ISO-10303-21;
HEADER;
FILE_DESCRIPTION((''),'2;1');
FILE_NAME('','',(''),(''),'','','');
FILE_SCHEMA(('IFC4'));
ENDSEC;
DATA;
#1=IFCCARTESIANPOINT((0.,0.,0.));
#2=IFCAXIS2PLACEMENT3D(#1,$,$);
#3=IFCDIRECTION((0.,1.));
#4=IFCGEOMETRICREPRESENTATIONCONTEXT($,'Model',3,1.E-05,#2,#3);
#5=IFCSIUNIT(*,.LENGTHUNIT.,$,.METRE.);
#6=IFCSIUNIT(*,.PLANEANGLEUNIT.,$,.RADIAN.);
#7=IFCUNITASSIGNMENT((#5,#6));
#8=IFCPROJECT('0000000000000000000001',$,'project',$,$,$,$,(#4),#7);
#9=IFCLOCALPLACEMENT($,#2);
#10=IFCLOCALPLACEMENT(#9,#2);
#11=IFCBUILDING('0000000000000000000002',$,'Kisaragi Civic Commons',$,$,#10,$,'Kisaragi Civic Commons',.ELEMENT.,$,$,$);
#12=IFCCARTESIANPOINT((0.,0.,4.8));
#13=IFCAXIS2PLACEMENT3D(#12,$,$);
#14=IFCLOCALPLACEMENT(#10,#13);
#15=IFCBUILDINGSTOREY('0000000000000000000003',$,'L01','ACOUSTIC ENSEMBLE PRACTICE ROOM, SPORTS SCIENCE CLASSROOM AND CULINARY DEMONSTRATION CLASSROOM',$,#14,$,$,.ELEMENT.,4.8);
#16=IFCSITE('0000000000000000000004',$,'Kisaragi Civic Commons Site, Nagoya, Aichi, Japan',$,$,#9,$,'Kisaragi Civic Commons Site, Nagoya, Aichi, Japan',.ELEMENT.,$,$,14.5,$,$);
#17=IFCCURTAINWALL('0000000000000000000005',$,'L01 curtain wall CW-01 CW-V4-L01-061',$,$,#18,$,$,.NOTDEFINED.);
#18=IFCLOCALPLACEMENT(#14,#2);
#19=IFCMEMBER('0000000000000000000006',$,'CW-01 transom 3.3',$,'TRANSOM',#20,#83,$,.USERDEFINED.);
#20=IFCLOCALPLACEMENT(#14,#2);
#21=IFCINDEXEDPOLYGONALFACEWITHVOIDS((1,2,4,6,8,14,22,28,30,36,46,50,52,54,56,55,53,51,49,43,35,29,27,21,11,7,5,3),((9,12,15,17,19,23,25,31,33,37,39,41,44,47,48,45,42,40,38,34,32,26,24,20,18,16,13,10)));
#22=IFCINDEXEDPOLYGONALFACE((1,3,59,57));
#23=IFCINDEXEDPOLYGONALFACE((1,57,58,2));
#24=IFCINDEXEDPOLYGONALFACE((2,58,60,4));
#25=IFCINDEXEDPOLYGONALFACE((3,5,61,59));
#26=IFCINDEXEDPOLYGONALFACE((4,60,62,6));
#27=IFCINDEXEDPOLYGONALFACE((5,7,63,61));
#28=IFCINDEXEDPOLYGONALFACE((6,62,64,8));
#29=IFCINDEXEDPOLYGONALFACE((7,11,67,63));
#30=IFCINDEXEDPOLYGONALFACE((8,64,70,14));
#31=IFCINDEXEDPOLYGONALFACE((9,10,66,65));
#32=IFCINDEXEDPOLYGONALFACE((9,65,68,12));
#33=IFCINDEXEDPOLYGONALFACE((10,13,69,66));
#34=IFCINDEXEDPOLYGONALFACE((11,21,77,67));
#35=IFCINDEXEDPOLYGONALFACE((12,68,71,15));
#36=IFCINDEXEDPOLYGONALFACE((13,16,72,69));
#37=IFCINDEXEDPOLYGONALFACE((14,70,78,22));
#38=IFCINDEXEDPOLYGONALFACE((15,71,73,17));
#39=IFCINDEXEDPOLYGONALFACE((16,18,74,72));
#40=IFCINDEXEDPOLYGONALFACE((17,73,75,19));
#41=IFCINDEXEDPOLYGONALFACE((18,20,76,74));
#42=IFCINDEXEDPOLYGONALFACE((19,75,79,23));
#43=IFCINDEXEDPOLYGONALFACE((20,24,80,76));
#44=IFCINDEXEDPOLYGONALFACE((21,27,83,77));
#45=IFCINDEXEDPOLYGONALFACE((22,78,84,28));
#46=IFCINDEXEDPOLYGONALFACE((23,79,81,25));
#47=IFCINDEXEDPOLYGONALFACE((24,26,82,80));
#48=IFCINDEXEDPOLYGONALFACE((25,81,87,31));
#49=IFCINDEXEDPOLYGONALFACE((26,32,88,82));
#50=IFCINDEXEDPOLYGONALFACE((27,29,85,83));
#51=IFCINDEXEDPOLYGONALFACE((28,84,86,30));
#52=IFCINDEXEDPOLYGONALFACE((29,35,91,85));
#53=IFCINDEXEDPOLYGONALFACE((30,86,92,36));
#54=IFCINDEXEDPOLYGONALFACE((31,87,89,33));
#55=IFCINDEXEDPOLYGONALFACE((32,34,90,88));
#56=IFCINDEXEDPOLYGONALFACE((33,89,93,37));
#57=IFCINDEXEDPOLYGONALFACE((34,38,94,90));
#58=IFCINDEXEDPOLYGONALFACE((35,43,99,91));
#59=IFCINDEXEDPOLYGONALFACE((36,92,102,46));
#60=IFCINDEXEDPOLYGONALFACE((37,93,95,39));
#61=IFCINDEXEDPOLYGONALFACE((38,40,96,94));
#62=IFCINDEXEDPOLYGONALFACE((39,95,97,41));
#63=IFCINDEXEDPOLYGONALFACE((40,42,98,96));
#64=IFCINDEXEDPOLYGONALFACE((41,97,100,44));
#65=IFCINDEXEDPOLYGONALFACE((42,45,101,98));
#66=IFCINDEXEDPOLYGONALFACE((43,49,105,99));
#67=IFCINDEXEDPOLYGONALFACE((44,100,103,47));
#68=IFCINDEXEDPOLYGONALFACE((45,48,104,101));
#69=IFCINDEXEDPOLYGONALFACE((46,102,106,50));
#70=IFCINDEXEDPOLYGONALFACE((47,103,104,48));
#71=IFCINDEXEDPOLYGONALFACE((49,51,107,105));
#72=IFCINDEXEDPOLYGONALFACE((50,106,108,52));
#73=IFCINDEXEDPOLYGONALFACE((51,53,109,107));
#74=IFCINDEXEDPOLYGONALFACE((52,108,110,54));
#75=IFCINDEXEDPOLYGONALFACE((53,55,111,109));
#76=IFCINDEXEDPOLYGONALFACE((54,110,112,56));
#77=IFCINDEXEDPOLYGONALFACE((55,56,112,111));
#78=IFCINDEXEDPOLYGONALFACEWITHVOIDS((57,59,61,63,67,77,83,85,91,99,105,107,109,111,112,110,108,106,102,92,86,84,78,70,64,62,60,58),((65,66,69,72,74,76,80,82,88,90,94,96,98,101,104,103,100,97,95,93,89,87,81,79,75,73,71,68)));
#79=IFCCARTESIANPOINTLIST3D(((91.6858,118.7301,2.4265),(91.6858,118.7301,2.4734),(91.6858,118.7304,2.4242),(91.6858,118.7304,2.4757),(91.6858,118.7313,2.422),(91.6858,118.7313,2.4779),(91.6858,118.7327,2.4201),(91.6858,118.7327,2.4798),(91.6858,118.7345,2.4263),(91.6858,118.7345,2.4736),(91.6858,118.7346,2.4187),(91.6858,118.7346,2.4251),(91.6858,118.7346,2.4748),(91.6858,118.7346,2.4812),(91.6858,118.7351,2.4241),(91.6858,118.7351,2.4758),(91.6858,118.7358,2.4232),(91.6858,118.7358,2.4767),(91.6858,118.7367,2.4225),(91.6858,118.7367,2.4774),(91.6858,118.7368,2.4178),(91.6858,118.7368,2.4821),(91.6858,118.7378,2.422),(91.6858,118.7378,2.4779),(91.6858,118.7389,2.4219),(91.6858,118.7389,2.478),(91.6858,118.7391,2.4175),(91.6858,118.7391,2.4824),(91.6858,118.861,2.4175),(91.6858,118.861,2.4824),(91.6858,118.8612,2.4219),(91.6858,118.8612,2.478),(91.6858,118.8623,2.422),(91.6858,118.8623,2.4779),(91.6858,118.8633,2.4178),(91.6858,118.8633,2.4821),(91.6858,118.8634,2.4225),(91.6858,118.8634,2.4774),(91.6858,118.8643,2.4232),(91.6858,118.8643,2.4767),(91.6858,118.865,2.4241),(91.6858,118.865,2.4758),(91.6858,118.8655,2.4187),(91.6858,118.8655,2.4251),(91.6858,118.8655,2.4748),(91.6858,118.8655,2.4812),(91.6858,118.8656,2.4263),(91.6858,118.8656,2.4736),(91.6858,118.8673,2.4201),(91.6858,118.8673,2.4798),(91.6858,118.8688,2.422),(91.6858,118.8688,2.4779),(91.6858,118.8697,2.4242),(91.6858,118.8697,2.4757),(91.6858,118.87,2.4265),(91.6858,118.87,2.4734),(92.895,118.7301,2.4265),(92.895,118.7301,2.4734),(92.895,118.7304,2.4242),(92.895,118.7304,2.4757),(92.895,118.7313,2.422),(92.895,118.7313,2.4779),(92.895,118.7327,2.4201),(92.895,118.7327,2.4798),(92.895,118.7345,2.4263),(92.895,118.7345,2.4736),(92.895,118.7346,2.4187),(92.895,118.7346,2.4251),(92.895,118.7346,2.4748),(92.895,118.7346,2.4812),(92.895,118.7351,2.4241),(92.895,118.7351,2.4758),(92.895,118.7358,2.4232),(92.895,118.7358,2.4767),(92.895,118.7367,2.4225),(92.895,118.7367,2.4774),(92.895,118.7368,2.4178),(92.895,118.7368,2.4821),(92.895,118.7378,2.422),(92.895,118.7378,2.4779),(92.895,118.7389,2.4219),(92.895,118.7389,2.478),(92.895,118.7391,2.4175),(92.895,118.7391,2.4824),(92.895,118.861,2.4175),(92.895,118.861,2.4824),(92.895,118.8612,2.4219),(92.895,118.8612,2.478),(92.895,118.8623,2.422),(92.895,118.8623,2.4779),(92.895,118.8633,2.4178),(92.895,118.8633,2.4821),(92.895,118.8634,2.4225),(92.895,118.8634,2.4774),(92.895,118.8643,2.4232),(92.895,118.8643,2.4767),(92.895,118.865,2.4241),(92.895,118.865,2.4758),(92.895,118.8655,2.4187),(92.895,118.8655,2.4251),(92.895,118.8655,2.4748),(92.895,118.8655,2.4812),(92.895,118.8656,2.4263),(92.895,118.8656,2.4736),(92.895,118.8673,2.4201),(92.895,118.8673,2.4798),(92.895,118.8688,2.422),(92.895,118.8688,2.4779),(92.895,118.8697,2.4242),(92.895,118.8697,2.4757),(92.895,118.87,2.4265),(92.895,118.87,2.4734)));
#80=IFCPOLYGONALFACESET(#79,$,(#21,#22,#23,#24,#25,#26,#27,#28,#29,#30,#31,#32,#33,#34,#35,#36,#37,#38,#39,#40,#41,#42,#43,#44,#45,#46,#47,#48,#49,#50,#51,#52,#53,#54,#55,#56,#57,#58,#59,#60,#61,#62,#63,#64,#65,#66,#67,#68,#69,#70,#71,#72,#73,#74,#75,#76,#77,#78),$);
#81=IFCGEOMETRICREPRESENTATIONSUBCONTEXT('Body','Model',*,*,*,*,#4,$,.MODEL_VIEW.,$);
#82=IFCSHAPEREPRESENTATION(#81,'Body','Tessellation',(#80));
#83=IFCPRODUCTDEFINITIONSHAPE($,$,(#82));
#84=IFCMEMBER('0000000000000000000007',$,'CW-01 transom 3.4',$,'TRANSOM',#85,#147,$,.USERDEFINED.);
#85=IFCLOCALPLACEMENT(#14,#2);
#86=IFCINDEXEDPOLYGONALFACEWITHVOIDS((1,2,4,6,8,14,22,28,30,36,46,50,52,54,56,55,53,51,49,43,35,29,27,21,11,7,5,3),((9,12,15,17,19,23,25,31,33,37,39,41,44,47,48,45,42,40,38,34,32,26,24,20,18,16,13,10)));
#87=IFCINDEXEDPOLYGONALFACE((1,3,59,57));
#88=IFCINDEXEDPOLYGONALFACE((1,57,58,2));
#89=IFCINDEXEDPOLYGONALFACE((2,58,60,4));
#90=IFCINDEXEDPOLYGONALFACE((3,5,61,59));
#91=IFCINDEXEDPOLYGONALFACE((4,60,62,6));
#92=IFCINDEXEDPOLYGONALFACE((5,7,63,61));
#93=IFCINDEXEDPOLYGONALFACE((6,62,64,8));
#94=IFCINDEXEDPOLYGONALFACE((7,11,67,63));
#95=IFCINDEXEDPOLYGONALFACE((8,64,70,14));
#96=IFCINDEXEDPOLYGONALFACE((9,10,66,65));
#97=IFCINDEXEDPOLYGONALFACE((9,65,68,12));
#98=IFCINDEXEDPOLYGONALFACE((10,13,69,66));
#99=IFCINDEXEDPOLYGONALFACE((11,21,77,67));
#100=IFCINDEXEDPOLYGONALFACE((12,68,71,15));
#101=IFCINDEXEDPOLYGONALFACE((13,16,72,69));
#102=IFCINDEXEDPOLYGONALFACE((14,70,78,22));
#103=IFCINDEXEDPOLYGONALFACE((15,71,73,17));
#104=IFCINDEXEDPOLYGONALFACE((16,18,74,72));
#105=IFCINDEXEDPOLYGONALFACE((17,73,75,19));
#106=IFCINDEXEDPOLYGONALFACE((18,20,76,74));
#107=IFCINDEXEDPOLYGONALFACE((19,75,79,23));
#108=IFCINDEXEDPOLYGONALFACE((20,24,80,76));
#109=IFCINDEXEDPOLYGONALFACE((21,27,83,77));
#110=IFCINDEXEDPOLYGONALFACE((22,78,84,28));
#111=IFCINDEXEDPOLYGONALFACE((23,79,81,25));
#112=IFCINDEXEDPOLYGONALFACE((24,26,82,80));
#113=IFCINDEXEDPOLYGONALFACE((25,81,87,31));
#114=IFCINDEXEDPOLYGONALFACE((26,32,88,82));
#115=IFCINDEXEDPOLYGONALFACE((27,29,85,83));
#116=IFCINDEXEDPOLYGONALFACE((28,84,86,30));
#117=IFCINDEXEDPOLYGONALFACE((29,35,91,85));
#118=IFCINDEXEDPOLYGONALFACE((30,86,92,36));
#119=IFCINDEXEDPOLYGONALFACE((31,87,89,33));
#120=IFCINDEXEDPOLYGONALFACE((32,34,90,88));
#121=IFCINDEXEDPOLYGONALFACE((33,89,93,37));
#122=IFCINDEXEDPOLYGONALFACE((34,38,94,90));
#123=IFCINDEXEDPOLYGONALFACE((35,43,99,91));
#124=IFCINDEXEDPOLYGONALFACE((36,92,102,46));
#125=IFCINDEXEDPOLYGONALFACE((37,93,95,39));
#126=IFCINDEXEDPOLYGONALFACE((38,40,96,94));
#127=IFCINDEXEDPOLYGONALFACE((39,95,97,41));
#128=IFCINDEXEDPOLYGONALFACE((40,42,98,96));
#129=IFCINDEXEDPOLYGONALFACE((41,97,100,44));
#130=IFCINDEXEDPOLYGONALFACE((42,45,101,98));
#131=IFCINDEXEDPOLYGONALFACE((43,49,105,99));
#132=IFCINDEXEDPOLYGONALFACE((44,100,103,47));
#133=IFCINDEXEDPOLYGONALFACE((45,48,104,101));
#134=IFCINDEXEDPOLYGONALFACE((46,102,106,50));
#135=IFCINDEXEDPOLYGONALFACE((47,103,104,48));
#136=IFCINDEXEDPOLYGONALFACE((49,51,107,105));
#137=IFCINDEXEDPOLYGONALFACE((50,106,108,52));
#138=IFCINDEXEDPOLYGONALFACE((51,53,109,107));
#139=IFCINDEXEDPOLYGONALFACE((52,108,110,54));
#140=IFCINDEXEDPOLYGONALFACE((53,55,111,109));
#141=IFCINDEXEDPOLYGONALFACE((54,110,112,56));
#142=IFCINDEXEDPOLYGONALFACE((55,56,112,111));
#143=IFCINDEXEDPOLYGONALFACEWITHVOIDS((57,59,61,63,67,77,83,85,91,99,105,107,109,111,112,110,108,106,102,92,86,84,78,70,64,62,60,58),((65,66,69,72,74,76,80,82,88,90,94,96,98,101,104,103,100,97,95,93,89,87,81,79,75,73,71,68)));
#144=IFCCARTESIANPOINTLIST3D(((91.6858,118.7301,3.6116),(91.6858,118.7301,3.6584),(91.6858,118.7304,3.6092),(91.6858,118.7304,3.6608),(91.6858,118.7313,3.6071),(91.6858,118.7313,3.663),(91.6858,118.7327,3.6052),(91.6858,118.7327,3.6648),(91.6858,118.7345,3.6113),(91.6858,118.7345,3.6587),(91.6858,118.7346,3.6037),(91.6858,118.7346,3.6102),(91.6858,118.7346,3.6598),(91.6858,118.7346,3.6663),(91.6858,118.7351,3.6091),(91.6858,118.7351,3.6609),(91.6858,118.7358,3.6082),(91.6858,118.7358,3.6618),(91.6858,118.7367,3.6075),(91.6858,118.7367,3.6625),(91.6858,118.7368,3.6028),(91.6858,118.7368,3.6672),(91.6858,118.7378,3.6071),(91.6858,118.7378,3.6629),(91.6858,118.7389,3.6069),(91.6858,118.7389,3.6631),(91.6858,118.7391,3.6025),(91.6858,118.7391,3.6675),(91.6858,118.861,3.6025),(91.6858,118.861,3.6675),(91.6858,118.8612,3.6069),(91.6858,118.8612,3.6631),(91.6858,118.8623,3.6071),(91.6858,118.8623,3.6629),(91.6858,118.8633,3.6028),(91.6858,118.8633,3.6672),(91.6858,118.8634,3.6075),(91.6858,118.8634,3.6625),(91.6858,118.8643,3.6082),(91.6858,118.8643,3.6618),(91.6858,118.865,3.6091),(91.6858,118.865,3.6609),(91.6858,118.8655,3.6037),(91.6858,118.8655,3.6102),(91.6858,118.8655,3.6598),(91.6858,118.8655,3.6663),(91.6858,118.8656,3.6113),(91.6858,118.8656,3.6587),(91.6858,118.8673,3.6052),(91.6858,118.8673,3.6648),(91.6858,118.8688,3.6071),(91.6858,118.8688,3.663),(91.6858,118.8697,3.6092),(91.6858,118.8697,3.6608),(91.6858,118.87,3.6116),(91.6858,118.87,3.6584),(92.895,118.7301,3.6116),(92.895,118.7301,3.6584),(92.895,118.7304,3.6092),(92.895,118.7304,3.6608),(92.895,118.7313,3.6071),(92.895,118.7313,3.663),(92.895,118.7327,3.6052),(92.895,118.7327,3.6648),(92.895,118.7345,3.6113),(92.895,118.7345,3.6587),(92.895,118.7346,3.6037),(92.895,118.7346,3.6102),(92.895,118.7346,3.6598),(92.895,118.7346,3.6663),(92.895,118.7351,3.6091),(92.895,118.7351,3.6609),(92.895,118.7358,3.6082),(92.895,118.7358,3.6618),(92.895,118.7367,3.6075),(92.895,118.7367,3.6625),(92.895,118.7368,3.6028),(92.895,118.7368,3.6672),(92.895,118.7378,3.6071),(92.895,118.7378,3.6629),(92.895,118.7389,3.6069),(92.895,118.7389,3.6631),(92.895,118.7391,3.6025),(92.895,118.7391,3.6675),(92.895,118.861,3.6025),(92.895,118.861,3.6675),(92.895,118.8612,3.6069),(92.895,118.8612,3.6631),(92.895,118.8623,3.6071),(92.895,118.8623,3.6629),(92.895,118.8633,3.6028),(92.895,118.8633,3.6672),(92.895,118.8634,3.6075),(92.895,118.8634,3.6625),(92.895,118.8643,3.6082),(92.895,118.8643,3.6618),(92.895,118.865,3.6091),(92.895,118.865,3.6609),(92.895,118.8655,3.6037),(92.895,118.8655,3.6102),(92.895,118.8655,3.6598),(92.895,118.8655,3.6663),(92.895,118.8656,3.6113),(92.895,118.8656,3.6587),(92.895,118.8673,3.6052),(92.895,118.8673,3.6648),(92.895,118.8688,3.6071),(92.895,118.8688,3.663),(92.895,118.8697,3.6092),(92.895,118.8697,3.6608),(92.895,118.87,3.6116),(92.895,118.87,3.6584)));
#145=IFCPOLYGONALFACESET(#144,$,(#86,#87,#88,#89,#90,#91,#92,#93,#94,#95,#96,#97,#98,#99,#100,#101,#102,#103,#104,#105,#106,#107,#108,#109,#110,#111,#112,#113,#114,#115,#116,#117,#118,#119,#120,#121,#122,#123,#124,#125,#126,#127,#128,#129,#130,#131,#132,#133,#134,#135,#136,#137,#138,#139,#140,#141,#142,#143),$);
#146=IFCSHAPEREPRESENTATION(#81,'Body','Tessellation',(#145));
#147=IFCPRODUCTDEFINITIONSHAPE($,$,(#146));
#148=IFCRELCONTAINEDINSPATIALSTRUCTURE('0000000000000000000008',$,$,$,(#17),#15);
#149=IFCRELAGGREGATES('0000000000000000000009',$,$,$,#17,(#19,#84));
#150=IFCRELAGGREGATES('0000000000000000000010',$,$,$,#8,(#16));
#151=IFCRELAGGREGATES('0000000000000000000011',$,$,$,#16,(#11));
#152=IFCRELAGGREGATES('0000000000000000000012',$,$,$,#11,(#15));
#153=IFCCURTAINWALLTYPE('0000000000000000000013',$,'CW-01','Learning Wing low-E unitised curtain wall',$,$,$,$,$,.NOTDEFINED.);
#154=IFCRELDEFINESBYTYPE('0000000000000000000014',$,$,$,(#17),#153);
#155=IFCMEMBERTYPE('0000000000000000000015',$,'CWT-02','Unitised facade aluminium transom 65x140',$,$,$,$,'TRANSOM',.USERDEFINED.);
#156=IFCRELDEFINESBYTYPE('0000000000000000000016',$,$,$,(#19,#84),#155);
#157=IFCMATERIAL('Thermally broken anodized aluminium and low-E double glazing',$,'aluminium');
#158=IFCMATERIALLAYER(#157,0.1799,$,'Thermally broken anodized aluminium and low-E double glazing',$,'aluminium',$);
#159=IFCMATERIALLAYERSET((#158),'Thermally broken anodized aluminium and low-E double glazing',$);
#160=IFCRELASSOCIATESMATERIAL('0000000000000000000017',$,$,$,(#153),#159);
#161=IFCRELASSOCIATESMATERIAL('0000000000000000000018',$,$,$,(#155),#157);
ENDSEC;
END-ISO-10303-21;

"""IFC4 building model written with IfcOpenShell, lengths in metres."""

from ifc_helpers import new_model, si_unit, direction, frame, origin, origin_2d, place, context, subcontext, project, spatial, hollow_rectangle, extrude, material, layer, layer_set, material_profile, profile_set, type_object, element, aggregate, save


model = new_model("IFC4")

# Units and contexts
model_context = context("Model", 3, precision=1e-05, world=origin(), true_north=direction((0.0, 1.0)))
body_context = subcontext(model_context, "Body", "Model", "MODEL_VIEW")
ifc_project = project(units=[si_unit("LENGTHUNIT", "METRE"), si_unit("PLANEANGLEUNIT", "RADIAN")], contexts=[model_context])

# Site, building, storey
site_placement = place(None, origin())
site = spatial("IfcSite", under=ifc_project, at=site_placement, Name="Kisaragi Civic Commons Site, Nagoya, Aichi, Japan", LongName="Kisaragi Civic Commons Site, Nagoya, Aichi, Japan", CompositionType="ELEMENT", RefElevation=14.5)
building_placement = place(site_placement, origin())
building = spatial("IfcBuilding", under=site, at=building_placement, Name="Kisaragi Civic Commons", LongName="Kisaragi Civic Commons", CompositionType="ELEMENT")
storey_placement = place(building_placement, frame((0.0, 0.0, 4.8)))
storey = spatial("IfcBuildingStorey", under=building, at=storey_placement, Name="L01", Description="ACOUSTIC ENSEMBLE PRACTICE ROOM, SPORTS SCIENCE CLASSROOM AND CULINARY DEMONSTRATION CLASSROOM", CompositionType="ELEMENT", Elevation=4.8)

# Curtain wall
ifc_material_1 = material(Name="Thermally broken anodized aluminium and low-E double glazing", Category="aluminium")
ifc_layer_1 = layer(ifc_material_1, 0.1799, Name="Thermally broken anodized aluminium and low-E double glazing", Category="aluminium")
ifc_layer_set_1 = layer_set([ifc_layer_1], Name="Thermally broken anodized aluminium and low-E double glazing")
curtain_wall_type = type_object("IfcCurtainWallType", Name="CW-01", Description="Learning Wing low-E unitised curtain wall", PredefinedType="NOTDEFINED", material=ifc_layer_set_1)
curtain_wall_1_placement = place(storey_placement, origin())
curtain_wall_1 = element("IfcCurtainWall", 1, at=curtain_wall_1_placement, inside=storey, type_object=curtain_wall_type, Name="L01 curtain wall CW-01 CW-V4-L01-061", PredefinedType="NOTDEFINED")

# Members
ifc_material_profile_1 = material_profile(ifc_material_1, hollow_rectangle(XDim=0.1399, YDim=0.0649, WallThickness=0.0044, InnerFilletRadius=0.0044, OuterFilletRadius=0.009, at=origin_2d()), Name="CWT-65x140x4.5", Category="aluminium")
ifc_profile_set_1 = profile_set([ifc_material_profile_1], Name="Thermally broken anodized aluminium and low-E double glazing")
member_type_1 = type_object("IfcMemberType", Name="CWT-02", Description="Unitised facade aluminium transom 65x140", ElementType="TRANSOM", PredefinedType="USERDEFINED", material=ifc_profile_set_1)
member_1_placement = place(storey_placement, frame((91.6858, 118.8, 2.45), z_axis=(1.0, 0.0, 0.0), x_axis=(0.0, 1.0, 0.0)))
member_1 = element("IfcMember", 2, at=member_1_placement, type_object=member_type_1, Name="CW-01 transom 3.3", ObjectType="TRANSOM", PredefinedType="USERDEFINED", context=body_context, shape_type="SweptSolid", body=[
    extrude(hollow_rectangle(XDim=0.1399, YDim=0.0649, WallThickness=0.0044, InnerFilletRadius=0.0044, OuterFilletRadius=0.009, at=origin_2d()), origin(), (0.0, 0.0, 1.0), 1.2092),
])
member_2_placement = place(storey_placement, frame((91.6858, 118.8, 3.635), z_axis=(1.0, 0.0, 0.0), x_axis=(0.0, 1.0, 0.0)))
member_2 = element("IfcMember", 3, at=member_2_placement, type_object=member_type_1, Name="CW-01 transom 3.4", ObjectType="TRANSOM", PredefinedType="USERDEFINED", context=body_context, shape_type="SweptSolid", body=[
    extrude(hollow_rectangle(XDim=0.1399, YDim=0.0649, WallThickness=0.0044, InnerFilletRadius=0.0044, OuterFilletRadius=0.009, at=origin_2d()), origin(), (0.0, 0.0, 1.0), 1.2092),
])

aggregate(curtain_wall_1, [member_1, member_2])

save(model, "model.ifc")
